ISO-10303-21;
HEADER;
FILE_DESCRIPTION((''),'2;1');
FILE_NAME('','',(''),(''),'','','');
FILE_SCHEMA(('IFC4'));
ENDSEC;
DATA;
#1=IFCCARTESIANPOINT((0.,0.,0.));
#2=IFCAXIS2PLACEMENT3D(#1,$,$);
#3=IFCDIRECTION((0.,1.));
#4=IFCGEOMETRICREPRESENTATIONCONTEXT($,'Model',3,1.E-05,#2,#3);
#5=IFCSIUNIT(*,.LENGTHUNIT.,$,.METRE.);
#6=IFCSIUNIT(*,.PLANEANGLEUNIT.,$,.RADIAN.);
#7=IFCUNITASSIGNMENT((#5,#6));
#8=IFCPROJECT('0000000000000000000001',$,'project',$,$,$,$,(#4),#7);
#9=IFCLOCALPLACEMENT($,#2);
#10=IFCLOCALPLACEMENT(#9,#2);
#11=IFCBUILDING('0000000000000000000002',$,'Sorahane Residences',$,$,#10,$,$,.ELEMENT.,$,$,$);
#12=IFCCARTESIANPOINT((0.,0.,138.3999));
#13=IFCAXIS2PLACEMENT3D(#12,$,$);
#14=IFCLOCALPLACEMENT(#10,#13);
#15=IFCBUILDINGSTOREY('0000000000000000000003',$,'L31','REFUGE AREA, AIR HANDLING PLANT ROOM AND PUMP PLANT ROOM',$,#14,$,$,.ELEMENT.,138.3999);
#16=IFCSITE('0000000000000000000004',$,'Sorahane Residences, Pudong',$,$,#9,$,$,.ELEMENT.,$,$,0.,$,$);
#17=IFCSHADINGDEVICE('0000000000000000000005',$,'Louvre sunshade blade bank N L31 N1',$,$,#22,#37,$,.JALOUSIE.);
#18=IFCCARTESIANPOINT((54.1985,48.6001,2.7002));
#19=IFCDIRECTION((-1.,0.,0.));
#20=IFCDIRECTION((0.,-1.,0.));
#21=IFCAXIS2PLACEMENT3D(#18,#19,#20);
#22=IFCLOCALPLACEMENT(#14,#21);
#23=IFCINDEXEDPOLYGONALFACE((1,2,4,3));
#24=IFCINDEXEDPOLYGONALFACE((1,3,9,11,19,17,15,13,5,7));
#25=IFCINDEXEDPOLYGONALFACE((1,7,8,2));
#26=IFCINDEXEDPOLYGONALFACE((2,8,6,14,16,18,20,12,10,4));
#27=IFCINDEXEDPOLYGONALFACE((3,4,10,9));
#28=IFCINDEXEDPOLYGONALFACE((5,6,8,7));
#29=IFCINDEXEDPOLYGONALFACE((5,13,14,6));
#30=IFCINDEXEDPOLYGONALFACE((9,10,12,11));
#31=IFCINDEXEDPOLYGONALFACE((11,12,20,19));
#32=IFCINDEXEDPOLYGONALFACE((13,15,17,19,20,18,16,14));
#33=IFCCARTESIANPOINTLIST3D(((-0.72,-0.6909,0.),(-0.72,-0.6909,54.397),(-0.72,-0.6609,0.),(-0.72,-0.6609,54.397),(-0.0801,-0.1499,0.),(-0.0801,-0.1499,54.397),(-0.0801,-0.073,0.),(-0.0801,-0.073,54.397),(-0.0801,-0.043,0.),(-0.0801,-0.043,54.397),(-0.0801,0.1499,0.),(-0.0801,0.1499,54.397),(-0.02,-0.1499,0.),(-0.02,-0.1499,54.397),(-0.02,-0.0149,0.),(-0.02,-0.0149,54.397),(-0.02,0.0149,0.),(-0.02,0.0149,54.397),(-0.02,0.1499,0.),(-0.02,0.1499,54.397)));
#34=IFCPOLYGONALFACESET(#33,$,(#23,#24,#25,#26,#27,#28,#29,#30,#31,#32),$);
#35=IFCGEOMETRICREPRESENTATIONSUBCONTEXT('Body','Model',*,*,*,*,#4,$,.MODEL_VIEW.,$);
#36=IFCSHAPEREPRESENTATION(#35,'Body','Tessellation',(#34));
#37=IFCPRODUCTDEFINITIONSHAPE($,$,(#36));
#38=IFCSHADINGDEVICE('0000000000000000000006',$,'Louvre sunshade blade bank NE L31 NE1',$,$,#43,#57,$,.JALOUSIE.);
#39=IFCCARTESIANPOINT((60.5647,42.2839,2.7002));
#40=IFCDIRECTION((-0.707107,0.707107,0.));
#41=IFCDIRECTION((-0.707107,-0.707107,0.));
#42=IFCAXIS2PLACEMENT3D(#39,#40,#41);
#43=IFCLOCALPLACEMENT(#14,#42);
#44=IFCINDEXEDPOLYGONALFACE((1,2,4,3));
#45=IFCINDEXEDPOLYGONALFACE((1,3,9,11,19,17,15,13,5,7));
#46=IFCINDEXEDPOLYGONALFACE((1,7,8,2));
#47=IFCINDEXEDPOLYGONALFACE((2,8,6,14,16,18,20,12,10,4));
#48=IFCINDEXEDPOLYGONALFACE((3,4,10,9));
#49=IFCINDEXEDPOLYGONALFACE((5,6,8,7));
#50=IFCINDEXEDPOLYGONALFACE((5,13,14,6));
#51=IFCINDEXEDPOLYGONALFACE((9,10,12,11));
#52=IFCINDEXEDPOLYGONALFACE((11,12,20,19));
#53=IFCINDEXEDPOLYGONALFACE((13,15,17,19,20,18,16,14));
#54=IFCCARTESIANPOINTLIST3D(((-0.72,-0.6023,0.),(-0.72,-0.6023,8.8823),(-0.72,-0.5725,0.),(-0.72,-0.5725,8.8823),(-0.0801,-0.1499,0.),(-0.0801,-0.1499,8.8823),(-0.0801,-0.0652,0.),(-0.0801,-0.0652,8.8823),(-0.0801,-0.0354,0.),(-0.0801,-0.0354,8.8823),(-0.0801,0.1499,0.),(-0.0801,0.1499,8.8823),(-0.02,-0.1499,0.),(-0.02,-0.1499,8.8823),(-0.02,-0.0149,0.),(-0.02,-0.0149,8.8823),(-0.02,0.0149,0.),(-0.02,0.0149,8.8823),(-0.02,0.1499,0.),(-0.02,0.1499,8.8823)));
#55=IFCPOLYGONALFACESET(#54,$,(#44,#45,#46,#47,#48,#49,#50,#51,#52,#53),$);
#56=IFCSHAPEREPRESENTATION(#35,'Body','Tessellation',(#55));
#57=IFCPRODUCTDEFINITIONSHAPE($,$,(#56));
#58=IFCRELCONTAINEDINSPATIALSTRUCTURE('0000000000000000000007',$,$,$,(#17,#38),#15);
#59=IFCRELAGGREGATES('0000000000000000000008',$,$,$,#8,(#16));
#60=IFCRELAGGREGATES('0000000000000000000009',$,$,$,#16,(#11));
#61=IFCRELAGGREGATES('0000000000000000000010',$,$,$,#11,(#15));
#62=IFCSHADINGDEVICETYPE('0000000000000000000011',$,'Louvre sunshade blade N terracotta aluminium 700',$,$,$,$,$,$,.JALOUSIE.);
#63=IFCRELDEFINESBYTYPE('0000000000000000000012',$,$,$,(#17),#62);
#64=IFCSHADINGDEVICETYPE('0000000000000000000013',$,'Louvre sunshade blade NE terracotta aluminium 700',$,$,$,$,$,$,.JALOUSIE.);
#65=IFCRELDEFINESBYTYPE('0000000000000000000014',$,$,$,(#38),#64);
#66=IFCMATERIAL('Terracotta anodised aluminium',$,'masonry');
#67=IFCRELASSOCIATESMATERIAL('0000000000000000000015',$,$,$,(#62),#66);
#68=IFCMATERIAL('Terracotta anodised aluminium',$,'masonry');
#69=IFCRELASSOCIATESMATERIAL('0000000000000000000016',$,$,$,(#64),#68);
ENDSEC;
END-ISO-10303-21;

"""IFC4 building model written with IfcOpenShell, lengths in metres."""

from ifc_helpers import new_model, si_unit, direction, frame, origin, place, context, subcontext, project, spatial, polyline, outline, extrude, material, type_object, element, save


model = new_model("IFC4")

# Units and contexts
model_context = context("Model", 3, precision=1e-05, world=origin(), true_north=direction((0.0, 1.0)))
body_context = subcontext(model_context, "Body", "Model", "MODEL_VIEW")
ifc_project = project(units=[si_unit("LENGTHUNIT", "METRE"), si_unit("PLANEANGLEUNIT", "RADIAN")], contexts=[model_context])

# Site, building, storey
site_placement = place(None, origin())
site = spatial("IfcSite", under=ifc_project, at=site_placement, Name="Sorahane Residences, Pudong", CompositionType="ELEMENT", RefElevation=0.0)
building_placement = place(site_placement, origin())
building = spatial("IfcBuilding", under=site, at=building_placement, Name="Sorahane Residences", CompositionType="ELEMENT")
storey_placement = place(building_placement, frame((0.0, 0.0, 138.3999)))
storey = spatial("IfcBuildingStorey", under=building, at=storey_placement, Name="L31", Description="REFUGE AREA, AIR HANDLING PLANT ROOM AND PUMP PLANT ROOM", CompositionType="ELEMENT", Elevation=138.3999)

# Shading devices
ifc_material_1 = material(Name="Terracotta anodised aluminium", Category="masonry")
shading_device_type_1 = type_object("IfcShadingDeviceType", Name="Louvre sunshade blade N terracotta aluminium 700", PredefinedType="JALOUSIE", material=ifc_material_1)
shading_device_1_placement = place(storey_placement, frame((54.1985, 48.6001, 2.7002), z_axis=(-1.0, 0.0, 0.0), x_axis=(0.0, -1.0, 0.0)))
element("IfcShadingDevice", 1, at=shading_device_1_placement, inside=storey, type_object=shading_device_type_1, Name="Louvre sunshade blade bank N L31 N1", PredefinedType="JALOUSIE", context=body_context, shape_type="SweptSolid", body=[
    extrude(outline(polyline([(-0.72, -0.6609), (-0.72, -0.6909), (-0.0801, -0.073), (-0.0801, -0.1499), (-0.02, -0.1499), (-0.02, -0.0149), (-0.02, 0.0149), (-0.02, 0.1499), (-0.0801, 0.1499), (-0.0801, -0.043), (-0.72, -0.6609)])), origin(), (0.0, 0.0, 1.0), 54.397),
])
ifc_material_2 = material(Name="Terracotta anodised aluminium", Category="masonry")
shading_device_type_2 = type_object("IfcShadingDeviceType", Name="Louvre sunshade blade NE terracotta aluminium 700", PredefinedType="JALOUSIE", material=ifc_material_2)
shading_device_2_placement = place(storey_placement, frame((60.5647, 42.2839, 2.7002), z_axis=(-0.707107, 0.707107, 0.0), x_axis=(-0.707107, -0.707107, 0.0)))
element("IfcShadingDevice", 2, at=shading_device_2_placement, inside=storey, type_object=shading_device_type_2, Name="Louvre sunshade blade bank NE L31 NE1", PredefinedType="JALOUSIE", context=body_context, shape_type="SweptSolid", body=[
    extrude(outline(polyline([(-0.72, -0.5725), (-0.72, -0.6023), (-0.0801, -0.0652), (-0.0801, -0.1499), (-0.02, -0.1499), (-0.02, -0.0149), (-0.02, 0.0149), (-0.02, 0.1499), (-0.0801, 0.1499), (-0.0801, -0.0354), (-0.72, -0.5725)])), origin(), (0.0, 0.0, 1.0), 8.8823),
])

save(model, "model.ifc")
